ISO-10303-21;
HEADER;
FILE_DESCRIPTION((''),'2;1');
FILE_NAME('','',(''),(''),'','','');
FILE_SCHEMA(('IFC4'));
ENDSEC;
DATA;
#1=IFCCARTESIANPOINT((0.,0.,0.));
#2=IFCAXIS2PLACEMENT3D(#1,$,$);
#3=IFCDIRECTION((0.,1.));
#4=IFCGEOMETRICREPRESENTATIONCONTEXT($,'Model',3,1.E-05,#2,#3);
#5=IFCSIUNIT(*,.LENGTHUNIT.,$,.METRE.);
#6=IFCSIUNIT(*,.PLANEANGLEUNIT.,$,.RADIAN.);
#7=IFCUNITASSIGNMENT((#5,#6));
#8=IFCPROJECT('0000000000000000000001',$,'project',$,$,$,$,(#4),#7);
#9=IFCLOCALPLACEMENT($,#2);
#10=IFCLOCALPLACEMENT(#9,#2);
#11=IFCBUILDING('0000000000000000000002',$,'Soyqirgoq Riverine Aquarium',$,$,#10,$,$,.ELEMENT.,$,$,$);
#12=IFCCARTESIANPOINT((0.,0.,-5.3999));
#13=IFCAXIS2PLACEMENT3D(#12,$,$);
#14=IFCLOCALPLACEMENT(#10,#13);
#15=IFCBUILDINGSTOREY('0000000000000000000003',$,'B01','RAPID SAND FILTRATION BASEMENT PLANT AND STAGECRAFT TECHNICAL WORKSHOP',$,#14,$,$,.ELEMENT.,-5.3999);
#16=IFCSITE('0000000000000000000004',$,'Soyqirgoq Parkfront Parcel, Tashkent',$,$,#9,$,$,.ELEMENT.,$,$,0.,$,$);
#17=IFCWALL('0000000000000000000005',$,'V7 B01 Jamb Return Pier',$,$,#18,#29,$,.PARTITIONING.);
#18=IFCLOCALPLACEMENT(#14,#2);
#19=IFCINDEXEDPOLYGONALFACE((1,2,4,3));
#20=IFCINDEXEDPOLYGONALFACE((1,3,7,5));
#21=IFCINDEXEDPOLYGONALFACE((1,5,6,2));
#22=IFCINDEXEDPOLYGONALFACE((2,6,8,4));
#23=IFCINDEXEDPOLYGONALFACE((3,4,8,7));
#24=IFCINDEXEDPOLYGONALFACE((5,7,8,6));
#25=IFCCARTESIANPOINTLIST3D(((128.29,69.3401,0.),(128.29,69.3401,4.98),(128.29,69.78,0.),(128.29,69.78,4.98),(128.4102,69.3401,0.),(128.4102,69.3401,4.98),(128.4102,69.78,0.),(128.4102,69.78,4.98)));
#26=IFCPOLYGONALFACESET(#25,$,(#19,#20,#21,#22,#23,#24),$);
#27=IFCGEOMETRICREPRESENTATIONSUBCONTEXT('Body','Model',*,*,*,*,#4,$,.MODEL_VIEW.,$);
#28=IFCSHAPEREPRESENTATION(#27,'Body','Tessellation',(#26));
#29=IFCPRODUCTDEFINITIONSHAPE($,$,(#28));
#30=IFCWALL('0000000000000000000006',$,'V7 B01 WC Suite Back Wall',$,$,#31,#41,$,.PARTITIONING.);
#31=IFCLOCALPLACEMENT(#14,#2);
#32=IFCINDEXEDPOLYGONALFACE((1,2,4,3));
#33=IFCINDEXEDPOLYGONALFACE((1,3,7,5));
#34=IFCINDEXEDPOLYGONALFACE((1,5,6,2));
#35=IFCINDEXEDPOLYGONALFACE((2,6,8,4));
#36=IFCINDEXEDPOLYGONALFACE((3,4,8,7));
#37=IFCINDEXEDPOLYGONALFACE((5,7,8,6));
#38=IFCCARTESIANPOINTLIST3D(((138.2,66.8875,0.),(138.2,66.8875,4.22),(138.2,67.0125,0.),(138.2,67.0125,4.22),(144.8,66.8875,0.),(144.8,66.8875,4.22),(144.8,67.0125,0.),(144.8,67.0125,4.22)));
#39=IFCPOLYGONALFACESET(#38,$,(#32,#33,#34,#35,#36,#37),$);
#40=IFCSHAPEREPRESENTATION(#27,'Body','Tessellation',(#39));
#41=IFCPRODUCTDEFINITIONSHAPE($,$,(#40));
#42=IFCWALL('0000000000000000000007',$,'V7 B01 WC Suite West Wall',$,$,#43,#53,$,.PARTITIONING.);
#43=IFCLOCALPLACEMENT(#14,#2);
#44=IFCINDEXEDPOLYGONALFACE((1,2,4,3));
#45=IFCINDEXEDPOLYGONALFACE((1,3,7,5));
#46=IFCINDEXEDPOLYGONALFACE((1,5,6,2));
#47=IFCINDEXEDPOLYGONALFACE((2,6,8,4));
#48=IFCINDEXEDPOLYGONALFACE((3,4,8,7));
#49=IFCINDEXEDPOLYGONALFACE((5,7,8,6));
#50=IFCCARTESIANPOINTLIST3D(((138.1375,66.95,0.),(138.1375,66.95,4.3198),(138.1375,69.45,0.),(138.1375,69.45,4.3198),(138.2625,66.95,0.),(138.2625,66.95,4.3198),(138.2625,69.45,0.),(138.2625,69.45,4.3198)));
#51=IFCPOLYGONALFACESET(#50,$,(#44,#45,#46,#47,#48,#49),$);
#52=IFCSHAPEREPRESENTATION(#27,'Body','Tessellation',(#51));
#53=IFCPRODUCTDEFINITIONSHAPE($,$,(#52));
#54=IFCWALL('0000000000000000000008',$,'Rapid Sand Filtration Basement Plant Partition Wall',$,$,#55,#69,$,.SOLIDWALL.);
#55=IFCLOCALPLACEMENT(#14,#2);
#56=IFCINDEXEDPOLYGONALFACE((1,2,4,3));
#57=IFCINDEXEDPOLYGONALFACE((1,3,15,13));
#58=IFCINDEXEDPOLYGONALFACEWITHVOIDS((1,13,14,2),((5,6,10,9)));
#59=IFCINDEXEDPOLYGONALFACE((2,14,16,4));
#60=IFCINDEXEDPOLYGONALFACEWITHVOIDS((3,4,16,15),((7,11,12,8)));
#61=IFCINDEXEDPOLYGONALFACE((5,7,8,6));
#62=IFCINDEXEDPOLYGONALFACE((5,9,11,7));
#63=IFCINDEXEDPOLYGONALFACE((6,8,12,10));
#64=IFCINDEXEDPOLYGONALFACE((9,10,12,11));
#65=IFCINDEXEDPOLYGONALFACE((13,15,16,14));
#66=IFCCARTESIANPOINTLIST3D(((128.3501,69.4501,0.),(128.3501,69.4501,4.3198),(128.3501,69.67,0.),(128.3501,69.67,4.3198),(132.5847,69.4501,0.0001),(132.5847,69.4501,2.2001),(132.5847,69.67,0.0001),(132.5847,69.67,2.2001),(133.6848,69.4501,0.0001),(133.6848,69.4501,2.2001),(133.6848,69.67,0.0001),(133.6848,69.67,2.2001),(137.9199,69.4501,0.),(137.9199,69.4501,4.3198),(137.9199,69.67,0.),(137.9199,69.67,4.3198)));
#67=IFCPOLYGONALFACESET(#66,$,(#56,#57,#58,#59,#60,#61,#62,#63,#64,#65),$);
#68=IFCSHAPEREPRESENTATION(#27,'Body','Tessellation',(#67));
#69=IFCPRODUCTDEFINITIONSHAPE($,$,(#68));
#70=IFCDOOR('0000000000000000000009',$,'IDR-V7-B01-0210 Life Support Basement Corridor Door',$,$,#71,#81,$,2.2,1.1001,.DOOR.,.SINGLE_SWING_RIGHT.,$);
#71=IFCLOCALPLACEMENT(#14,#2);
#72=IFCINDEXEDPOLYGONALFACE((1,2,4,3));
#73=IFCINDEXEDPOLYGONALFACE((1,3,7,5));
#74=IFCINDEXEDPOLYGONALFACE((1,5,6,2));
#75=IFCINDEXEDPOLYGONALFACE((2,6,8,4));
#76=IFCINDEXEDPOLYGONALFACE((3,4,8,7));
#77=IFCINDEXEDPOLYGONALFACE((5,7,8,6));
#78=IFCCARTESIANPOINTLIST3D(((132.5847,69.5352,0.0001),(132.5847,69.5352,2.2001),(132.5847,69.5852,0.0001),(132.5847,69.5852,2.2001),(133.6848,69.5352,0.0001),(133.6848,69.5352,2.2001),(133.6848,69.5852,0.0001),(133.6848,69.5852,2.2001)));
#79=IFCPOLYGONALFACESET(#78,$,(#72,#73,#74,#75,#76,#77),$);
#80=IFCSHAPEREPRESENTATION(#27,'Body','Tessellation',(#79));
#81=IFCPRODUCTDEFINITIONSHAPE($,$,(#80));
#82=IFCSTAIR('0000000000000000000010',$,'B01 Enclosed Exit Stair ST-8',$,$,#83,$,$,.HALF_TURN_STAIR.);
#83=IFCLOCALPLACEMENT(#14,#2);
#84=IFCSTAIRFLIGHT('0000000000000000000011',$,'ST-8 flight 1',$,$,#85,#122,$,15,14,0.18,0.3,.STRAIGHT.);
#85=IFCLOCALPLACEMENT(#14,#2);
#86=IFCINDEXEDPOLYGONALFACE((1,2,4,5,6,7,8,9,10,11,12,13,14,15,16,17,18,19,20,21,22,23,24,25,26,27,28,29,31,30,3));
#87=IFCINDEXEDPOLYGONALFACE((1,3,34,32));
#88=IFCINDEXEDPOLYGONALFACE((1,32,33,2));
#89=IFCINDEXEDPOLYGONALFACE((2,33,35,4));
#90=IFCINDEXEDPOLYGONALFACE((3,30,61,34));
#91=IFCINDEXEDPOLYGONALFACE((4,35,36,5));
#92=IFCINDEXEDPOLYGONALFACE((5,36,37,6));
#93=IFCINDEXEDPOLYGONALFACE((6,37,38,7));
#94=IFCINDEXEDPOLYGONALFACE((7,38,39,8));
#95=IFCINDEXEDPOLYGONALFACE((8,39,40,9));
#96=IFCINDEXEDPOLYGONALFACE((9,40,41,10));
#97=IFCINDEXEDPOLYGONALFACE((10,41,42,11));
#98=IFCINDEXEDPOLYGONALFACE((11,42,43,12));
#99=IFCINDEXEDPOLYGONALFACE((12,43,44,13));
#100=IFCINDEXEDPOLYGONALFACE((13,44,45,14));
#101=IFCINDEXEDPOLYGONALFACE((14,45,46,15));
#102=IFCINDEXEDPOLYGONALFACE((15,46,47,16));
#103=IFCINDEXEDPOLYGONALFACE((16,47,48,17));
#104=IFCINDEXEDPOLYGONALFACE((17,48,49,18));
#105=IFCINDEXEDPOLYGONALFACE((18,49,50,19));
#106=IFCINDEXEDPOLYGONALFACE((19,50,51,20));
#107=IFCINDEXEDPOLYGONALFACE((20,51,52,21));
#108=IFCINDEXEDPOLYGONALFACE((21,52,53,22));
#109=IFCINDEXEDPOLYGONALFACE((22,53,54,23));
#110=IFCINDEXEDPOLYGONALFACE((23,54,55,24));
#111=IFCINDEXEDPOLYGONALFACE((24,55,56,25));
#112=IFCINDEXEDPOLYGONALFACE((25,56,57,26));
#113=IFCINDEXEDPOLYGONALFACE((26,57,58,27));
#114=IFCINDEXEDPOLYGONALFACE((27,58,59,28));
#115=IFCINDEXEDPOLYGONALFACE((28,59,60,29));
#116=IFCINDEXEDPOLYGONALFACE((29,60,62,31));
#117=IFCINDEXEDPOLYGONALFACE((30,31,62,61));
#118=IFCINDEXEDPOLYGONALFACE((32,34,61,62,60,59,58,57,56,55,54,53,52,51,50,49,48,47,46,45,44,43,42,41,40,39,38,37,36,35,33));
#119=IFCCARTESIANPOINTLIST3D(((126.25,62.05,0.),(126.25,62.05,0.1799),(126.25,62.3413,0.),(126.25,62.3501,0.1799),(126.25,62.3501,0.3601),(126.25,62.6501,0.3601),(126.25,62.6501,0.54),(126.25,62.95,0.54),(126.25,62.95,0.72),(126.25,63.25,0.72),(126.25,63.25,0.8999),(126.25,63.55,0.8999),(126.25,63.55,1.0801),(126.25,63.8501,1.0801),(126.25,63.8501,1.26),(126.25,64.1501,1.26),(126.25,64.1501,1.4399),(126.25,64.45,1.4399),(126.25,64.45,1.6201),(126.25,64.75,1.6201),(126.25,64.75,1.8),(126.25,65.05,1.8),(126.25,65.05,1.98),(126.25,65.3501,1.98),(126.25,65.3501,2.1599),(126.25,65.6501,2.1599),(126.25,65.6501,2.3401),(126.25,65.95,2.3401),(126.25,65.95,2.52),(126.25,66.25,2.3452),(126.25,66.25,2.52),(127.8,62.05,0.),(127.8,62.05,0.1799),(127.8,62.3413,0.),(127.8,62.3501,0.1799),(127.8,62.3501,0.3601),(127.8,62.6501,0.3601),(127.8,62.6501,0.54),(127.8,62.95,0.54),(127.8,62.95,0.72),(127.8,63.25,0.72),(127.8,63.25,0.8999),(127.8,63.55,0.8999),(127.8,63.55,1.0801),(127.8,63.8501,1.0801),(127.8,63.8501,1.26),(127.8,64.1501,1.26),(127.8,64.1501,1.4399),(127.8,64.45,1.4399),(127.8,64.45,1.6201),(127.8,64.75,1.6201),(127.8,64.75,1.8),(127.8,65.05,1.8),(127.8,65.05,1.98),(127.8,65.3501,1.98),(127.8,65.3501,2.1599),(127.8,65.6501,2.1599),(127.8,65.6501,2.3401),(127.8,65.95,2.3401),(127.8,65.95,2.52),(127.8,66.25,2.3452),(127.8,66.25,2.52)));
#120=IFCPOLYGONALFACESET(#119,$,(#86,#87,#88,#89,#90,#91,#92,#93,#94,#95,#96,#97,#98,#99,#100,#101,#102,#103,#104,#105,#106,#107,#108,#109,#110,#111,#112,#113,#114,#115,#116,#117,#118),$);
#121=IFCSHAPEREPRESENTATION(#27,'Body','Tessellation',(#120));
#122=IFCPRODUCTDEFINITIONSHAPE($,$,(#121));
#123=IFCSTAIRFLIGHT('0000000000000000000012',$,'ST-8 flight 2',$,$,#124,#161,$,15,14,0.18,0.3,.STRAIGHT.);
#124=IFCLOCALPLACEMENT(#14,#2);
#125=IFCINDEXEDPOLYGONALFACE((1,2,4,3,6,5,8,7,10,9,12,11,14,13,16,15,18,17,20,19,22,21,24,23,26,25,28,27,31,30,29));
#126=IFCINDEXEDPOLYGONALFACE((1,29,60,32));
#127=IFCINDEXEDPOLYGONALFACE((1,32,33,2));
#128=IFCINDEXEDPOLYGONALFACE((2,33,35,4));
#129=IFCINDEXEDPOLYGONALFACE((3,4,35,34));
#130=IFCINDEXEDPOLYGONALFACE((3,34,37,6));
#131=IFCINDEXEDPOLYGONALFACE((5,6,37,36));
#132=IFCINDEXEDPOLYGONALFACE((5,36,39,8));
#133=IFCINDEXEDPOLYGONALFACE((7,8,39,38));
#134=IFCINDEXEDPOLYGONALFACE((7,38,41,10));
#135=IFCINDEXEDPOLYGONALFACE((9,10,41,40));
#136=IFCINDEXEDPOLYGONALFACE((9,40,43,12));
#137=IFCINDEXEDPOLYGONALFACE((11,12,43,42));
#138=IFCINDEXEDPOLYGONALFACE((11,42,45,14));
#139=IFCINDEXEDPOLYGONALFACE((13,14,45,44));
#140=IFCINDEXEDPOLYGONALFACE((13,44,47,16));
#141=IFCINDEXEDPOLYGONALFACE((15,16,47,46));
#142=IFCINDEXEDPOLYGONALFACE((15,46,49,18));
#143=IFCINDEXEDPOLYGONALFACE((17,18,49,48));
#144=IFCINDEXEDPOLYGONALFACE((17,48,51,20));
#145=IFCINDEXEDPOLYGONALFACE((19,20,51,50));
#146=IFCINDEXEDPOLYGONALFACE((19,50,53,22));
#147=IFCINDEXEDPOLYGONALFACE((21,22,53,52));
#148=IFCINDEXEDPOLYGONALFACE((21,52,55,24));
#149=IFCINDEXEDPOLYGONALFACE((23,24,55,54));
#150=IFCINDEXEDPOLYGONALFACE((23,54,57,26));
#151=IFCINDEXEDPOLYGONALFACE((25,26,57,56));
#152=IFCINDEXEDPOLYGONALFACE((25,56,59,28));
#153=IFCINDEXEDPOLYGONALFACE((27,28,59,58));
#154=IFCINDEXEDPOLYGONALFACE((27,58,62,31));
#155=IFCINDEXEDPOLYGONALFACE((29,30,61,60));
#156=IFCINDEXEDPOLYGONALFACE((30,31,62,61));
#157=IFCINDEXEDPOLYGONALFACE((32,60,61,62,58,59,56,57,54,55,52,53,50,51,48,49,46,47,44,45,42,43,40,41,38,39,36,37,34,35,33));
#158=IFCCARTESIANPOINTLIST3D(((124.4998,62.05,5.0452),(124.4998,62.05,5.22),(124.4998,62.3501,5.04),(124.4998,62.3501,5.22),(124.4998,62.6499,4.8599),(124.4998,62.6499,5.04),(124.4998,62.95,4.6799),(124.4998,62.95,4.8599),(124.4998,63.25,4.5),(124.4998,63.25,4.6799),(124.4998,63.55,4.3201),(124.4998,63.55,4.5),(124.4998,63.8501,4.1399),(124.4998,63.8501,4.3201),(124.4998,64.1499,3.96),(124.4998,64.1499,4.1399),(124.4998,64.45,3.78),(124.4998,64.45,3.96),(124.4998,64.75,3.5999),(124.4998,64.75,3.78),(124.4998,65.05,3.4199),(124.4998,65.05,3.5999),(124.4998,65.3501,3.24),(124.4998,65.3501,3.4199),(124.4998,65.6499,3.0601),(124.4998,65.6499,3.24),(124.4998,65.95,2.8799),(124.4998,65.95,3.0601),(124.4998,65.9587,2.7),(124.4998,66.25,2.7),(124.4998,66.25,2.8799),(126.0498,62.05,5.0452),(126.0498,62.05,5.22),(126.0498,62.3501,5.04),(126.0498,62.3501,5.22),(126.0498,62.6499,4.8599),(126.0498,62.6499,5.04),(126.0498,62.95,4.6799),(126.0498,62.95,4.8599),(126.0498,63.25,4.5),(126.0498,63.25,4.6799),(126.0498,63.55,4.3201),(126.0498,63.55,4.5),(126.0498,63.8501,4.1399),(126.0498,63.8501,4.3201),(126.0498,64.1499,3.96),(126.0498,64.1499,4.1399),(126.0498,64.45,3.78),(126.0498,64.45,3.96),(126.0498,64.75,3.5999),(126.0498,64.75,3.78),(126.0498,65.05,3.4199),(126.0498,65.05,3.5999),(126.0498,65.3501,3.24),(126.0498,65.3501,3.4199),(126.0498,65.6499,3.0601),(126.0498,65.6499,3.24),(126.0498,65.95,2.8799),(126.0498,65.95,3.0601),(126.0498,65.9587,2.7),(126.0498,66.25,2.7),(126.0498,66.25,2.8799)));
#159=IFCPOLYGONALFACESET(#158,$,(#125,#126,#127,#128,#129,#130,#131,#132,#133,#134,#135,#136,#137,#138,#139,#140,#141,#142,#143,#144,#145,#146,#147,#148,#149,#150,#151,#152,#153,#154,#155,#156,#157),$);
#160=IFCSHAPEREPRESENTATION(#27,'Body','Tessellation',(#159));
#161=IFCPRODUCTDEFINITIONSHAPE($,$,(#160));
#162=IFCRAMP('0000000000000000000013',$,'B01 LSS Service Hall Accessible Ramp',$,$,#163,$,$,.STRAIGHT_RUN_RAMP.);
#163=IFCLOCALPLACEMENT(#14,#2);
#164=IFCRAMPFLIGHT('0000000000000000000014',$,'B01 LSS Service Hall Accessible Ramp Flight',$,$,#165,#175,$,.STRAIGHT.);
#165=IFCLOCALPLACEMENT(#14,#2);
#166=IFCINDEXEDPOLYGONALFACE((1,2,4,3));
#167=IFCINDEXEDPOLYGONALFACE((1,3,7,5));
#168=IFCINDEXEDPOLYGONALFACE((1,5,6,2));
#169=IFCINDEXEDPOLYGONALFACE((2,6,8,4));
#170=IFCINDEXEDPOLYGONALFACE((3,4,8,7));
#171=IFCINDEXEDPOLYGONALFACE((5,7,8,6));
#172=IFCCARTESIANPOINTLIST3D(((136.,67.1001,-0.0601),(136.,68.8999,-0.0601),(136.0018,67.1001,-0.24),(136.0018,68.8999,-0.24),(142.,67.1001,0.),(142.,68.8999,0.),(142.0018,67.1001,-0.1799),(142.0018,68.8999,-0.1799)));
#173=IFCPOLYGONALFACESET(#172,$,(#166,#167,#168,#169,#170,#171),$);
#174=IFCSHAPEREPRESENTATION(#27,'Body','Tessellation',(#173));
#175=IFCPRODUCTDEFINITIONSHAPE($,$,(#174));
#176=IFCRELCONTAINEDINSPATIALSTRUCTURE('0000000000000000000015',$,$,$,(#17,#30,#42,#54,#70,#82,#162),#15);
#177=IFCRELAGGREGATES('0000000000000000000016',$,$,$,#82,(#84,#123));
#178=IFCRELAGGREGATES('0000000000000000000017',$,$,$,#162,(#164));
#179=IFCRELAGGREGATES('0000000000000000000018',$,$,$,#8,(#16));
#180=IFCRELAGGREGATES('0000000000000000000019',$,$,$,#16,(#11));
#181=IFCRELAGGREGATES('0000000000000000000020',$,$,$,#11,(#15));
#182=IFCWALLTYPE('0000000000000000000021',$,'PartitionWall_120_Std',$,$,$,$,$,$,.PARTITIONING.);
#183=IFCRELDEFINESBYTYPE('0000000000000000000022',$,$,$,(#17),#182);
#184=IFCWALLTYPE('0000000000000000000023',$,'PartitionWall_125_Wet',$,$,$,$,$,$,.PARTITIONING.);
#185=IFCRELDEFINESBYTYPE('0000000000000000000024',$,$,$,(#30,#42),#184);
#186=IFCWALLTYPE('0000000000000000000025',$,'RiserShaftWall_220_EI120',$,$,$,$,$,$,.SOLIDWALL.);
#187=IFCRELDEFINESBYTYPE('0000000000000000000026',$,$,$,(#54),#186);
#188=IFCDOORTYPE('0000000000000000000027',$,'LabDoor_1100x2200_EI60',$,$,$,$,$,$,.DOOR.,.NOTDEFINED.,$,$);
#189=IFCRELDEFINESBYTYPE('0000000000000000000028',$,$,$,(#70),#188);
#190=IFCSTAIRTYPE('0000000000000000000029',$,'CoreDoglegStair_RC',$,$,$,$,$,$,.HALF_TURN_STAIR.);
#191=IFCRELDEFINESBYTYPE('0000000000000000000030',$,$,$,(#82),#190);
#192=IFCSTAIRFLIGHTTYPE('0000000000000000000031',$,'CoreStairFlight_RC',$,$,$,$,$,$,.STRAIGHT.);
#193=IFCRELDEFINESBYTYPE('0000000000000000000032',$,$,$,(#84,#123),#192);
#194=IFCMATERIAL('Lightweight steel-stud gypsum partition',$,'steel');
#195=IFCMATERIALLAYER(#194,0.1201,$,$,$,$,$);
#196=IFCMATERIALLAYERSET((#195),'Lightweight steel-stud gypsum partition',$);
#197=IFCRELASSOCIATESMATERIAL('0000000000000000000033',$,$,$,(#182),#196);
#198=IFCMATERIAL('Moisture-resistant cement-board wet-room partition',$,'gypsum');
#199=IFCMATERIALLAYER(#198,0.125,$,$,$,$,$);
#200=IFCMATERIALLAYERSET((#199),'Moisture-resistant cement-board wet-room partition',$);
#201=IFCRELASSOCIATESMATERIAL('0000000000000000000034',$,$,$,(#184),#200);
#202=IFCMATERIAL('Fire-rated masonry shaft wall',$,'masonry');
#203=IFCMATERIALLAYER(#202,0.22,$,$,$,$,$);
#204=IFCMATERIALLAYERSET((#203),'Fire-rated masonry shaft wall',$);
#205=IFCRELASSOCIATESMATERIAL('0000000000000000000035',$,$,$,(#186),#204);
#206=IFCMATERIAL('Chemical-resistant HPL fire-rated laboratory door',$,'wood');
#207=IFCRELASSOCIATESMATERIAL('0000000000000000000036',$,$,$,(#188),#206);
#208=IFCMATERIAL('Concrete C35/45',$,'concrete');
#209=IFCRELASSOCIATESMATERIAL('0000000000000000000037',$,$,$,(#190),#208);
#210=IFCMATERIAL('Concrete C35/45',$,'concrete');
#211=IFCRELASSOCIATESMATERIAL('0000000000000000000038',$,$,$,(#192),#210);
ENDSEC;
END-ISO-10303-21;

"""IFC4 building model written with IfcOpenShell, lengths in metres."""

from ifc_helpers import new_model, si_unit, direction, frame, frame_2d, origin, place, context, subcontext, project, spatial, polyline, rectangle, outline, extrude, material, layer, layer_set, type_object, element, fill, aggregate, save


model = new_model("IFC4")

# Units and contexts
model_context = context("Model", 3, precision=1e-05, world=origin(), true_north=direction((0.0, 1.0)))
body_context = subcontext(model_context, "Body", "Model", "MODEL_VIEW")
ifc_project = project(units=[si_unit("LENGTHUNIT", "METRE"), si_unit("PLANEANGLEUNIT", "RADIAN")], contexts=[model_context])

# Site, building, storey
site_placement = place(None, origin())
site = spatial("IfcSite", under=ifc_project, at=site_placement, Name="Soyqirgoq Parkfront Parcel, Tashkent", CompositionType="ELEMENT", RefElevation=0.0)
building_placement = place(site_placement, origin())
building = spatial("IfcBuilding", under=site, at=building_placement, Name="Soyqirgoq Riverine Aquarium", CompositionType="ELEMENT")
storey_placement = place(building_placement, frame((0.0, 0.0, -5.3999)))
storey = spatial("IfcBuildingStorey", under=building, at=storey_placement, Name="B01", Description="RAPID SAND FILTRATION BASEMENT PLANT AND STAGECRAFT TECHNICAL WORKSHOP", CompositionType="ELEMENT", Elevation=-5.3999)

# Walls
ifc_material_1 = material(Name="Lightweight steel-stud gypsum partition", Category="steel")
ifc_layer_1 = layer(ifc_material_1, 0.1201)
ifc_layer_set_1 = layer_set([ifc_layer_1], Name="Lightweight steel-stud gypsum partition")
wall_type_1 = type_object("IfcWallType", Name="PartitionWall_120_Std", PredefinedType="PARTITIONING", material=ifc_layer_set_1)
wall_1_placement = place(storey_placement, frame((128.3501, 69.78, 0.0), z_axis=(0.0, 0.0, 1.0), x_axis=(0.0, -1.0, 0.0)))
element("IfcWall", 1, at=wall_1_placement, inside=storey, type_object=wall_type_1, Name="V7 B01 Jamb Return Pier", PredefinedType="PARTITIONING", context=body_context, shape_type="SweptSolid", body=[
    extrude(rectangle(XDim=0.4399, YDim=0.1201, at=frame_2d((0.22, 0.0))), origin(), (0.0, 0.0, 1.0), 4.98),
])
ifc_material_2 = material(Name="Moisture-resistant cement-board wet-room partition", Category="gypsum")
ifc_layer_2 = layer(ifc_material_2, 0.125)
ifc_layer_set_2 = layer_set([ifc_layer_2], Name="Moisture-resistant cement-board wet-room partition")
wall_type_2 = type_object("IfcWallType", Name="PartitionWall_125_Wet", PredefinedType="PARTITIONING", material=ifc_layer_set_2)
wall_2_placement = place(storey_placement, frame((138.2, 66.95, 0.0), z_axis=(0.0, 0.0, 1.0), x_axis=(1.0, 0.0, 0.0)))
element("IfcWall", 2, at=wall_2_placement, inside=storey, type_object=wall_type_2, Name="V7 B01 WC Suite Back Wall", PredefinedType="PARTITIONING", context=body_context, shape_type="SweptSolid", body=[
    extrude(rectangle(XDim=6.6001, YDim=0.125, at=frame_2d((3.3, 0.0))), origin(), (0.0, 0.0, 1.0), 4.22),
])
wall_3_placement = place(storey_placement, frame((138.2, 66.95, 0.0), z_axis=(0.0, 0.0, 1.0), x_axis=(0.0, 1.0, 0.0)))
element("IfcWall", 3, at=wall_3_placement, inside=storey, type_object=wall_type_2, Name="V7 B01 WC Suite West Wall", PredefinedType="PARTITIONING", context=body_context, shape_type="SweptSolid", body=[
    extrude(rectangle(XDim=2.5, YDim=0.125, at=frame_2d((1.25, 0.0))), origin(), (0.0, 0.0, 1.0), 4.3198),
])

# Wall, opening, door
ifc_material_3 = material(Name="Fire-rated masonry shaft wall", Category="masonry")
ifc_layer_3 = layer(ifc_material_3, 0.22)
ifc_layer_set_3 = layer_set([ifc_layer_3], Name="Fire-rated masonry shaft wall")
wall_type_3 = type_object("IfcWallType", Name="RiserShaftWall_220_EI120", PredefinedType="SOLIDWALL", material=ifc_layer_set_3)
wall_4_placement = place(storey_placement, frame((137.9199, 69.5601, 0.0), z_axis=(0.0, 0.0, 1.0), x_axis=(-1.0, 0.0, 0.0)))
wall_4 = element("IfcWall", 4, at=wall_4_placement, inside=storey, type_object=wall_type_3, Name="Rapid Sand Filtration Basement Plant Partition Wall", PredefinedType="SOLIDWALL", context=body_context, shape_type="SweptSolid", body=[
    extrude(rectangle(XDim=9.5698, YDim=0.22, at=frame_2d((4.7849, 0.0))), origin(), (0.0, 0.0, 1.0), 4.3198),
])
opening_1_placement = place(wall_4_placement, frame((4.2351, 0.0, 0.0)))
opening_1 = element("IfcOpeningElement", 5, at=opening_1_placement, cuts=wall_4, PredefinedType="OPENING", context=body_context, shape_type="SweptSolid", body=[
    extrude(rectangle(XDim=1.1001, YDim=2.2, at=frame_2d((0.55, 1.1001))), frame((0.0, 0.1201, 0.0), z_axis=(0.0, -1.0, 0.0), x_axis=(1.0, 0.0, 0.0)), (0.0, 0.0, 1.0), 0.24),
])
ifc_material_4 = material(Name="Chemical-resistant HPL fire-rated laboratory door", Category="wood")
door_type_1 = type_object("IfcDoorType", Name="LabDoor_1100x2200_EI60", OperationType="NOTDEFINED", PredefinedType="DOOR", material=ifc_material_4)
door_1_placement = place(opening_1_placement, origin())
door_1 = element("IfcDoor", 6, at=door_1_placement, inside=storey, type_object=door_type_1, Name="IDR-V7-B01-0210 Life Support Basement Corridor Door", OperationType="SINGLE_SWING_RIGHT", OverallHeight=2.2, OverallWidth=1.1001, PredefinedType="DOOR", context=body_context, shape_type="SweptSolid", body=[
    extrude(rectangle(XDim=1.1001, YDim=2.2, at=frame_2d((0.55, 1.1001))), frame((0.0, 0.0249, 0.0), z_axis=(0.0, -1.0, 0.0), x_axis=(1.0, 0.0, 0.0)), (0.0, 0.0, 1.0), 0.05),
])
fill(opening_1, door_1)

# Stair, stair flights
ifc_material_5 = material(Name="Concrete C35/45", Category="concrete")
stair_type = type_object("IfcStairType", Name="CoreDoglegStair_RC", PredefinedType="HALF_TURN_STAIR", material=ifc_material_5)
stair_placement = place(storey_placement, origin())
stair = element("IfcStair", 7, at=stair_placement, inside=storey, type_object=stair_type, Name="B01 Enclosed Exit Stair ST-8", PredefinedType="HALF_TURN_STAIR")
ifc_material_6 = material(Name="Concrete C35/45", Category="concrete")
stair_flight_type = type_object("IfcStairFlightType", Name="CoreStairFlight_RC", PredefinedType="STRAIGHT", material=ifc_material_6)
stair_flight_1_placement = place(storey_placement, frame((127.0249, 62.05, 0.0), z_axis=(0.0, 0.0, 1.0), x_axis=(0.0, 1.0, 0.0)))
stair_flight_1 = element("IfcStairFlight", 8, at=stair_flight_1_placement, type_object=stair_flight_type, Name="ST-8 flight 1", NumberOfRisers=15, NumberOfTreads=14, PredefinedType="STRAIGHT", RiserHeight=0.18, TreadLength=0.3, context=body_context, shape_type="SweptSolid", body=[
    extrude(outline(polyline([(0.0, 0.0), (0.0, 0.1799), (0.3, 0.1799), (0.3, 0.3601), (0.6001, 0.3601), (0.6001, 0.54), (0.8999, 0.54), (0.8999, 0.72), (1.2, 0.72), (1.2, 0.8999), (1.5, 0.8999), (1.5, 1.0801), (1.8, 1.0801), (1.8, 1.26), (2.1001, 1.26), (2.1001, 1.4399), (2.3999, 1.4399), (2.3999, 1.6201), (2.7, 1.6201), (2.7, 1.8), (3.0, 1.8), (3.0, 1.98), (3.3, 1.98), (3.3, 2.1599), (3.6001, 2.1599), (3.6001, 2.3401), (3.8999, 2.3401), (3.8999, 2.52), (4.2, 2.52), (4.2, 2.7), (4.2, 2.3452), (0.2913, 0.0), (0.0, 0.0)])), frame((0.0, 0.7749, 0.0), z_axis=(0.0, -1.0, 0.0), x_axis=(1.0, 0.0, 0.0)), (0.0, 0.0, 1.0), 1.55),
])
stair_flight_2_placement = place(storey_placement, frame((125.2749, 66.25, 2.7), z_axis=(0.0, 0.0, 1.0), x_axis=(0.0, -1.0, 0.0)))
stair_flight_2 = element("IfcStairFlight", 9, at=stair_flight_2_placement, type_object=stair_flight_type, Name="ST-8 flight 2", NumberOfRisers=15, NumberOfTreads=14, PredefinedType="STRAIGHT", RiserHeight=0.18, TreadLength=0.3, context=body_context, shape_type="SweptSolid", body=[
    extrude(outline(polyline([(0.0, 0.0), (0.0, 0.1799), (0.3, 0.1799), (0.3, 0.3601), (0.6001, 0.3601), (0.6001, 0.54), (0.8999, 0.54), (0.8999, 0.72), (1.2, 0.72), (1.2, 0.8999), (1.5, 0.8999), (1.5, 1.0801), (1.8, 1.0801), (1.8, 1.26), (2.1001, 1.26), (2.1001, 1.4399), (2.3999, 1.4399), (2.3999, 1.6201), (2.7, 1.6201), (2.7, 1.8), (3.0, 1.8), (3.0, 1.98), (3.3, 1.98), (3.3, 2.1599), (3.6001, 2.1599), (3.6001, 2.3401), (3.8999, 2.3401), (3.8999, 2.52), (4.2, 2.52), (4.2, 2.7), (4.2, 2.3452), (0.2913, 0.0), (0.0, 0.0)])), frame((0.0, 0.7749, 0.0), z_axis=(0.0, -1.0, 0.0), x_axis=(1.0, 0.0, 0.0)), (0.0, 0.0, 1.0), 1.55),
])
aggregate(stair, [stair_flight_1, stair_flight_2])

# Ramp, ramp flight
ramp_placement = place(storey_placement, origin())
ramp = element("IfcRamp", 10, at=ramp_placement, inside=storey, Name="B01 LSS Service Hall Accessible Ramp", PredefinedType="STRAIGHT_RUN_RAMP")
ramp_flight_placement = place(storey_placement, frame((136.0, 67.1001, -0.0601), z_axis=(-0.010009, 0.0, 0.99995), x_axis=(0.99995, 0.0, 0.010009)))
ramp_flight = element("IfcRampFlight", 11, at=ramp_flight_placement, Name="B01 LSS Service Hall Accessible Ramp Flight", PredefinedType="STRAIGHT", context=body_context, shape_type="SweptSolid", body=[
    extrude(outline(polyline([(0.0, 0.0), (6.0003, 0.0), (6.0003, 1.7998), (0.0, 1.7998), (0.0, 0.0)])), origin(), (0.0, 0.0, -1.0), 0.1799),
])
aggregate(ramp, [ramp_flight])

save(model, "model.ifc")
